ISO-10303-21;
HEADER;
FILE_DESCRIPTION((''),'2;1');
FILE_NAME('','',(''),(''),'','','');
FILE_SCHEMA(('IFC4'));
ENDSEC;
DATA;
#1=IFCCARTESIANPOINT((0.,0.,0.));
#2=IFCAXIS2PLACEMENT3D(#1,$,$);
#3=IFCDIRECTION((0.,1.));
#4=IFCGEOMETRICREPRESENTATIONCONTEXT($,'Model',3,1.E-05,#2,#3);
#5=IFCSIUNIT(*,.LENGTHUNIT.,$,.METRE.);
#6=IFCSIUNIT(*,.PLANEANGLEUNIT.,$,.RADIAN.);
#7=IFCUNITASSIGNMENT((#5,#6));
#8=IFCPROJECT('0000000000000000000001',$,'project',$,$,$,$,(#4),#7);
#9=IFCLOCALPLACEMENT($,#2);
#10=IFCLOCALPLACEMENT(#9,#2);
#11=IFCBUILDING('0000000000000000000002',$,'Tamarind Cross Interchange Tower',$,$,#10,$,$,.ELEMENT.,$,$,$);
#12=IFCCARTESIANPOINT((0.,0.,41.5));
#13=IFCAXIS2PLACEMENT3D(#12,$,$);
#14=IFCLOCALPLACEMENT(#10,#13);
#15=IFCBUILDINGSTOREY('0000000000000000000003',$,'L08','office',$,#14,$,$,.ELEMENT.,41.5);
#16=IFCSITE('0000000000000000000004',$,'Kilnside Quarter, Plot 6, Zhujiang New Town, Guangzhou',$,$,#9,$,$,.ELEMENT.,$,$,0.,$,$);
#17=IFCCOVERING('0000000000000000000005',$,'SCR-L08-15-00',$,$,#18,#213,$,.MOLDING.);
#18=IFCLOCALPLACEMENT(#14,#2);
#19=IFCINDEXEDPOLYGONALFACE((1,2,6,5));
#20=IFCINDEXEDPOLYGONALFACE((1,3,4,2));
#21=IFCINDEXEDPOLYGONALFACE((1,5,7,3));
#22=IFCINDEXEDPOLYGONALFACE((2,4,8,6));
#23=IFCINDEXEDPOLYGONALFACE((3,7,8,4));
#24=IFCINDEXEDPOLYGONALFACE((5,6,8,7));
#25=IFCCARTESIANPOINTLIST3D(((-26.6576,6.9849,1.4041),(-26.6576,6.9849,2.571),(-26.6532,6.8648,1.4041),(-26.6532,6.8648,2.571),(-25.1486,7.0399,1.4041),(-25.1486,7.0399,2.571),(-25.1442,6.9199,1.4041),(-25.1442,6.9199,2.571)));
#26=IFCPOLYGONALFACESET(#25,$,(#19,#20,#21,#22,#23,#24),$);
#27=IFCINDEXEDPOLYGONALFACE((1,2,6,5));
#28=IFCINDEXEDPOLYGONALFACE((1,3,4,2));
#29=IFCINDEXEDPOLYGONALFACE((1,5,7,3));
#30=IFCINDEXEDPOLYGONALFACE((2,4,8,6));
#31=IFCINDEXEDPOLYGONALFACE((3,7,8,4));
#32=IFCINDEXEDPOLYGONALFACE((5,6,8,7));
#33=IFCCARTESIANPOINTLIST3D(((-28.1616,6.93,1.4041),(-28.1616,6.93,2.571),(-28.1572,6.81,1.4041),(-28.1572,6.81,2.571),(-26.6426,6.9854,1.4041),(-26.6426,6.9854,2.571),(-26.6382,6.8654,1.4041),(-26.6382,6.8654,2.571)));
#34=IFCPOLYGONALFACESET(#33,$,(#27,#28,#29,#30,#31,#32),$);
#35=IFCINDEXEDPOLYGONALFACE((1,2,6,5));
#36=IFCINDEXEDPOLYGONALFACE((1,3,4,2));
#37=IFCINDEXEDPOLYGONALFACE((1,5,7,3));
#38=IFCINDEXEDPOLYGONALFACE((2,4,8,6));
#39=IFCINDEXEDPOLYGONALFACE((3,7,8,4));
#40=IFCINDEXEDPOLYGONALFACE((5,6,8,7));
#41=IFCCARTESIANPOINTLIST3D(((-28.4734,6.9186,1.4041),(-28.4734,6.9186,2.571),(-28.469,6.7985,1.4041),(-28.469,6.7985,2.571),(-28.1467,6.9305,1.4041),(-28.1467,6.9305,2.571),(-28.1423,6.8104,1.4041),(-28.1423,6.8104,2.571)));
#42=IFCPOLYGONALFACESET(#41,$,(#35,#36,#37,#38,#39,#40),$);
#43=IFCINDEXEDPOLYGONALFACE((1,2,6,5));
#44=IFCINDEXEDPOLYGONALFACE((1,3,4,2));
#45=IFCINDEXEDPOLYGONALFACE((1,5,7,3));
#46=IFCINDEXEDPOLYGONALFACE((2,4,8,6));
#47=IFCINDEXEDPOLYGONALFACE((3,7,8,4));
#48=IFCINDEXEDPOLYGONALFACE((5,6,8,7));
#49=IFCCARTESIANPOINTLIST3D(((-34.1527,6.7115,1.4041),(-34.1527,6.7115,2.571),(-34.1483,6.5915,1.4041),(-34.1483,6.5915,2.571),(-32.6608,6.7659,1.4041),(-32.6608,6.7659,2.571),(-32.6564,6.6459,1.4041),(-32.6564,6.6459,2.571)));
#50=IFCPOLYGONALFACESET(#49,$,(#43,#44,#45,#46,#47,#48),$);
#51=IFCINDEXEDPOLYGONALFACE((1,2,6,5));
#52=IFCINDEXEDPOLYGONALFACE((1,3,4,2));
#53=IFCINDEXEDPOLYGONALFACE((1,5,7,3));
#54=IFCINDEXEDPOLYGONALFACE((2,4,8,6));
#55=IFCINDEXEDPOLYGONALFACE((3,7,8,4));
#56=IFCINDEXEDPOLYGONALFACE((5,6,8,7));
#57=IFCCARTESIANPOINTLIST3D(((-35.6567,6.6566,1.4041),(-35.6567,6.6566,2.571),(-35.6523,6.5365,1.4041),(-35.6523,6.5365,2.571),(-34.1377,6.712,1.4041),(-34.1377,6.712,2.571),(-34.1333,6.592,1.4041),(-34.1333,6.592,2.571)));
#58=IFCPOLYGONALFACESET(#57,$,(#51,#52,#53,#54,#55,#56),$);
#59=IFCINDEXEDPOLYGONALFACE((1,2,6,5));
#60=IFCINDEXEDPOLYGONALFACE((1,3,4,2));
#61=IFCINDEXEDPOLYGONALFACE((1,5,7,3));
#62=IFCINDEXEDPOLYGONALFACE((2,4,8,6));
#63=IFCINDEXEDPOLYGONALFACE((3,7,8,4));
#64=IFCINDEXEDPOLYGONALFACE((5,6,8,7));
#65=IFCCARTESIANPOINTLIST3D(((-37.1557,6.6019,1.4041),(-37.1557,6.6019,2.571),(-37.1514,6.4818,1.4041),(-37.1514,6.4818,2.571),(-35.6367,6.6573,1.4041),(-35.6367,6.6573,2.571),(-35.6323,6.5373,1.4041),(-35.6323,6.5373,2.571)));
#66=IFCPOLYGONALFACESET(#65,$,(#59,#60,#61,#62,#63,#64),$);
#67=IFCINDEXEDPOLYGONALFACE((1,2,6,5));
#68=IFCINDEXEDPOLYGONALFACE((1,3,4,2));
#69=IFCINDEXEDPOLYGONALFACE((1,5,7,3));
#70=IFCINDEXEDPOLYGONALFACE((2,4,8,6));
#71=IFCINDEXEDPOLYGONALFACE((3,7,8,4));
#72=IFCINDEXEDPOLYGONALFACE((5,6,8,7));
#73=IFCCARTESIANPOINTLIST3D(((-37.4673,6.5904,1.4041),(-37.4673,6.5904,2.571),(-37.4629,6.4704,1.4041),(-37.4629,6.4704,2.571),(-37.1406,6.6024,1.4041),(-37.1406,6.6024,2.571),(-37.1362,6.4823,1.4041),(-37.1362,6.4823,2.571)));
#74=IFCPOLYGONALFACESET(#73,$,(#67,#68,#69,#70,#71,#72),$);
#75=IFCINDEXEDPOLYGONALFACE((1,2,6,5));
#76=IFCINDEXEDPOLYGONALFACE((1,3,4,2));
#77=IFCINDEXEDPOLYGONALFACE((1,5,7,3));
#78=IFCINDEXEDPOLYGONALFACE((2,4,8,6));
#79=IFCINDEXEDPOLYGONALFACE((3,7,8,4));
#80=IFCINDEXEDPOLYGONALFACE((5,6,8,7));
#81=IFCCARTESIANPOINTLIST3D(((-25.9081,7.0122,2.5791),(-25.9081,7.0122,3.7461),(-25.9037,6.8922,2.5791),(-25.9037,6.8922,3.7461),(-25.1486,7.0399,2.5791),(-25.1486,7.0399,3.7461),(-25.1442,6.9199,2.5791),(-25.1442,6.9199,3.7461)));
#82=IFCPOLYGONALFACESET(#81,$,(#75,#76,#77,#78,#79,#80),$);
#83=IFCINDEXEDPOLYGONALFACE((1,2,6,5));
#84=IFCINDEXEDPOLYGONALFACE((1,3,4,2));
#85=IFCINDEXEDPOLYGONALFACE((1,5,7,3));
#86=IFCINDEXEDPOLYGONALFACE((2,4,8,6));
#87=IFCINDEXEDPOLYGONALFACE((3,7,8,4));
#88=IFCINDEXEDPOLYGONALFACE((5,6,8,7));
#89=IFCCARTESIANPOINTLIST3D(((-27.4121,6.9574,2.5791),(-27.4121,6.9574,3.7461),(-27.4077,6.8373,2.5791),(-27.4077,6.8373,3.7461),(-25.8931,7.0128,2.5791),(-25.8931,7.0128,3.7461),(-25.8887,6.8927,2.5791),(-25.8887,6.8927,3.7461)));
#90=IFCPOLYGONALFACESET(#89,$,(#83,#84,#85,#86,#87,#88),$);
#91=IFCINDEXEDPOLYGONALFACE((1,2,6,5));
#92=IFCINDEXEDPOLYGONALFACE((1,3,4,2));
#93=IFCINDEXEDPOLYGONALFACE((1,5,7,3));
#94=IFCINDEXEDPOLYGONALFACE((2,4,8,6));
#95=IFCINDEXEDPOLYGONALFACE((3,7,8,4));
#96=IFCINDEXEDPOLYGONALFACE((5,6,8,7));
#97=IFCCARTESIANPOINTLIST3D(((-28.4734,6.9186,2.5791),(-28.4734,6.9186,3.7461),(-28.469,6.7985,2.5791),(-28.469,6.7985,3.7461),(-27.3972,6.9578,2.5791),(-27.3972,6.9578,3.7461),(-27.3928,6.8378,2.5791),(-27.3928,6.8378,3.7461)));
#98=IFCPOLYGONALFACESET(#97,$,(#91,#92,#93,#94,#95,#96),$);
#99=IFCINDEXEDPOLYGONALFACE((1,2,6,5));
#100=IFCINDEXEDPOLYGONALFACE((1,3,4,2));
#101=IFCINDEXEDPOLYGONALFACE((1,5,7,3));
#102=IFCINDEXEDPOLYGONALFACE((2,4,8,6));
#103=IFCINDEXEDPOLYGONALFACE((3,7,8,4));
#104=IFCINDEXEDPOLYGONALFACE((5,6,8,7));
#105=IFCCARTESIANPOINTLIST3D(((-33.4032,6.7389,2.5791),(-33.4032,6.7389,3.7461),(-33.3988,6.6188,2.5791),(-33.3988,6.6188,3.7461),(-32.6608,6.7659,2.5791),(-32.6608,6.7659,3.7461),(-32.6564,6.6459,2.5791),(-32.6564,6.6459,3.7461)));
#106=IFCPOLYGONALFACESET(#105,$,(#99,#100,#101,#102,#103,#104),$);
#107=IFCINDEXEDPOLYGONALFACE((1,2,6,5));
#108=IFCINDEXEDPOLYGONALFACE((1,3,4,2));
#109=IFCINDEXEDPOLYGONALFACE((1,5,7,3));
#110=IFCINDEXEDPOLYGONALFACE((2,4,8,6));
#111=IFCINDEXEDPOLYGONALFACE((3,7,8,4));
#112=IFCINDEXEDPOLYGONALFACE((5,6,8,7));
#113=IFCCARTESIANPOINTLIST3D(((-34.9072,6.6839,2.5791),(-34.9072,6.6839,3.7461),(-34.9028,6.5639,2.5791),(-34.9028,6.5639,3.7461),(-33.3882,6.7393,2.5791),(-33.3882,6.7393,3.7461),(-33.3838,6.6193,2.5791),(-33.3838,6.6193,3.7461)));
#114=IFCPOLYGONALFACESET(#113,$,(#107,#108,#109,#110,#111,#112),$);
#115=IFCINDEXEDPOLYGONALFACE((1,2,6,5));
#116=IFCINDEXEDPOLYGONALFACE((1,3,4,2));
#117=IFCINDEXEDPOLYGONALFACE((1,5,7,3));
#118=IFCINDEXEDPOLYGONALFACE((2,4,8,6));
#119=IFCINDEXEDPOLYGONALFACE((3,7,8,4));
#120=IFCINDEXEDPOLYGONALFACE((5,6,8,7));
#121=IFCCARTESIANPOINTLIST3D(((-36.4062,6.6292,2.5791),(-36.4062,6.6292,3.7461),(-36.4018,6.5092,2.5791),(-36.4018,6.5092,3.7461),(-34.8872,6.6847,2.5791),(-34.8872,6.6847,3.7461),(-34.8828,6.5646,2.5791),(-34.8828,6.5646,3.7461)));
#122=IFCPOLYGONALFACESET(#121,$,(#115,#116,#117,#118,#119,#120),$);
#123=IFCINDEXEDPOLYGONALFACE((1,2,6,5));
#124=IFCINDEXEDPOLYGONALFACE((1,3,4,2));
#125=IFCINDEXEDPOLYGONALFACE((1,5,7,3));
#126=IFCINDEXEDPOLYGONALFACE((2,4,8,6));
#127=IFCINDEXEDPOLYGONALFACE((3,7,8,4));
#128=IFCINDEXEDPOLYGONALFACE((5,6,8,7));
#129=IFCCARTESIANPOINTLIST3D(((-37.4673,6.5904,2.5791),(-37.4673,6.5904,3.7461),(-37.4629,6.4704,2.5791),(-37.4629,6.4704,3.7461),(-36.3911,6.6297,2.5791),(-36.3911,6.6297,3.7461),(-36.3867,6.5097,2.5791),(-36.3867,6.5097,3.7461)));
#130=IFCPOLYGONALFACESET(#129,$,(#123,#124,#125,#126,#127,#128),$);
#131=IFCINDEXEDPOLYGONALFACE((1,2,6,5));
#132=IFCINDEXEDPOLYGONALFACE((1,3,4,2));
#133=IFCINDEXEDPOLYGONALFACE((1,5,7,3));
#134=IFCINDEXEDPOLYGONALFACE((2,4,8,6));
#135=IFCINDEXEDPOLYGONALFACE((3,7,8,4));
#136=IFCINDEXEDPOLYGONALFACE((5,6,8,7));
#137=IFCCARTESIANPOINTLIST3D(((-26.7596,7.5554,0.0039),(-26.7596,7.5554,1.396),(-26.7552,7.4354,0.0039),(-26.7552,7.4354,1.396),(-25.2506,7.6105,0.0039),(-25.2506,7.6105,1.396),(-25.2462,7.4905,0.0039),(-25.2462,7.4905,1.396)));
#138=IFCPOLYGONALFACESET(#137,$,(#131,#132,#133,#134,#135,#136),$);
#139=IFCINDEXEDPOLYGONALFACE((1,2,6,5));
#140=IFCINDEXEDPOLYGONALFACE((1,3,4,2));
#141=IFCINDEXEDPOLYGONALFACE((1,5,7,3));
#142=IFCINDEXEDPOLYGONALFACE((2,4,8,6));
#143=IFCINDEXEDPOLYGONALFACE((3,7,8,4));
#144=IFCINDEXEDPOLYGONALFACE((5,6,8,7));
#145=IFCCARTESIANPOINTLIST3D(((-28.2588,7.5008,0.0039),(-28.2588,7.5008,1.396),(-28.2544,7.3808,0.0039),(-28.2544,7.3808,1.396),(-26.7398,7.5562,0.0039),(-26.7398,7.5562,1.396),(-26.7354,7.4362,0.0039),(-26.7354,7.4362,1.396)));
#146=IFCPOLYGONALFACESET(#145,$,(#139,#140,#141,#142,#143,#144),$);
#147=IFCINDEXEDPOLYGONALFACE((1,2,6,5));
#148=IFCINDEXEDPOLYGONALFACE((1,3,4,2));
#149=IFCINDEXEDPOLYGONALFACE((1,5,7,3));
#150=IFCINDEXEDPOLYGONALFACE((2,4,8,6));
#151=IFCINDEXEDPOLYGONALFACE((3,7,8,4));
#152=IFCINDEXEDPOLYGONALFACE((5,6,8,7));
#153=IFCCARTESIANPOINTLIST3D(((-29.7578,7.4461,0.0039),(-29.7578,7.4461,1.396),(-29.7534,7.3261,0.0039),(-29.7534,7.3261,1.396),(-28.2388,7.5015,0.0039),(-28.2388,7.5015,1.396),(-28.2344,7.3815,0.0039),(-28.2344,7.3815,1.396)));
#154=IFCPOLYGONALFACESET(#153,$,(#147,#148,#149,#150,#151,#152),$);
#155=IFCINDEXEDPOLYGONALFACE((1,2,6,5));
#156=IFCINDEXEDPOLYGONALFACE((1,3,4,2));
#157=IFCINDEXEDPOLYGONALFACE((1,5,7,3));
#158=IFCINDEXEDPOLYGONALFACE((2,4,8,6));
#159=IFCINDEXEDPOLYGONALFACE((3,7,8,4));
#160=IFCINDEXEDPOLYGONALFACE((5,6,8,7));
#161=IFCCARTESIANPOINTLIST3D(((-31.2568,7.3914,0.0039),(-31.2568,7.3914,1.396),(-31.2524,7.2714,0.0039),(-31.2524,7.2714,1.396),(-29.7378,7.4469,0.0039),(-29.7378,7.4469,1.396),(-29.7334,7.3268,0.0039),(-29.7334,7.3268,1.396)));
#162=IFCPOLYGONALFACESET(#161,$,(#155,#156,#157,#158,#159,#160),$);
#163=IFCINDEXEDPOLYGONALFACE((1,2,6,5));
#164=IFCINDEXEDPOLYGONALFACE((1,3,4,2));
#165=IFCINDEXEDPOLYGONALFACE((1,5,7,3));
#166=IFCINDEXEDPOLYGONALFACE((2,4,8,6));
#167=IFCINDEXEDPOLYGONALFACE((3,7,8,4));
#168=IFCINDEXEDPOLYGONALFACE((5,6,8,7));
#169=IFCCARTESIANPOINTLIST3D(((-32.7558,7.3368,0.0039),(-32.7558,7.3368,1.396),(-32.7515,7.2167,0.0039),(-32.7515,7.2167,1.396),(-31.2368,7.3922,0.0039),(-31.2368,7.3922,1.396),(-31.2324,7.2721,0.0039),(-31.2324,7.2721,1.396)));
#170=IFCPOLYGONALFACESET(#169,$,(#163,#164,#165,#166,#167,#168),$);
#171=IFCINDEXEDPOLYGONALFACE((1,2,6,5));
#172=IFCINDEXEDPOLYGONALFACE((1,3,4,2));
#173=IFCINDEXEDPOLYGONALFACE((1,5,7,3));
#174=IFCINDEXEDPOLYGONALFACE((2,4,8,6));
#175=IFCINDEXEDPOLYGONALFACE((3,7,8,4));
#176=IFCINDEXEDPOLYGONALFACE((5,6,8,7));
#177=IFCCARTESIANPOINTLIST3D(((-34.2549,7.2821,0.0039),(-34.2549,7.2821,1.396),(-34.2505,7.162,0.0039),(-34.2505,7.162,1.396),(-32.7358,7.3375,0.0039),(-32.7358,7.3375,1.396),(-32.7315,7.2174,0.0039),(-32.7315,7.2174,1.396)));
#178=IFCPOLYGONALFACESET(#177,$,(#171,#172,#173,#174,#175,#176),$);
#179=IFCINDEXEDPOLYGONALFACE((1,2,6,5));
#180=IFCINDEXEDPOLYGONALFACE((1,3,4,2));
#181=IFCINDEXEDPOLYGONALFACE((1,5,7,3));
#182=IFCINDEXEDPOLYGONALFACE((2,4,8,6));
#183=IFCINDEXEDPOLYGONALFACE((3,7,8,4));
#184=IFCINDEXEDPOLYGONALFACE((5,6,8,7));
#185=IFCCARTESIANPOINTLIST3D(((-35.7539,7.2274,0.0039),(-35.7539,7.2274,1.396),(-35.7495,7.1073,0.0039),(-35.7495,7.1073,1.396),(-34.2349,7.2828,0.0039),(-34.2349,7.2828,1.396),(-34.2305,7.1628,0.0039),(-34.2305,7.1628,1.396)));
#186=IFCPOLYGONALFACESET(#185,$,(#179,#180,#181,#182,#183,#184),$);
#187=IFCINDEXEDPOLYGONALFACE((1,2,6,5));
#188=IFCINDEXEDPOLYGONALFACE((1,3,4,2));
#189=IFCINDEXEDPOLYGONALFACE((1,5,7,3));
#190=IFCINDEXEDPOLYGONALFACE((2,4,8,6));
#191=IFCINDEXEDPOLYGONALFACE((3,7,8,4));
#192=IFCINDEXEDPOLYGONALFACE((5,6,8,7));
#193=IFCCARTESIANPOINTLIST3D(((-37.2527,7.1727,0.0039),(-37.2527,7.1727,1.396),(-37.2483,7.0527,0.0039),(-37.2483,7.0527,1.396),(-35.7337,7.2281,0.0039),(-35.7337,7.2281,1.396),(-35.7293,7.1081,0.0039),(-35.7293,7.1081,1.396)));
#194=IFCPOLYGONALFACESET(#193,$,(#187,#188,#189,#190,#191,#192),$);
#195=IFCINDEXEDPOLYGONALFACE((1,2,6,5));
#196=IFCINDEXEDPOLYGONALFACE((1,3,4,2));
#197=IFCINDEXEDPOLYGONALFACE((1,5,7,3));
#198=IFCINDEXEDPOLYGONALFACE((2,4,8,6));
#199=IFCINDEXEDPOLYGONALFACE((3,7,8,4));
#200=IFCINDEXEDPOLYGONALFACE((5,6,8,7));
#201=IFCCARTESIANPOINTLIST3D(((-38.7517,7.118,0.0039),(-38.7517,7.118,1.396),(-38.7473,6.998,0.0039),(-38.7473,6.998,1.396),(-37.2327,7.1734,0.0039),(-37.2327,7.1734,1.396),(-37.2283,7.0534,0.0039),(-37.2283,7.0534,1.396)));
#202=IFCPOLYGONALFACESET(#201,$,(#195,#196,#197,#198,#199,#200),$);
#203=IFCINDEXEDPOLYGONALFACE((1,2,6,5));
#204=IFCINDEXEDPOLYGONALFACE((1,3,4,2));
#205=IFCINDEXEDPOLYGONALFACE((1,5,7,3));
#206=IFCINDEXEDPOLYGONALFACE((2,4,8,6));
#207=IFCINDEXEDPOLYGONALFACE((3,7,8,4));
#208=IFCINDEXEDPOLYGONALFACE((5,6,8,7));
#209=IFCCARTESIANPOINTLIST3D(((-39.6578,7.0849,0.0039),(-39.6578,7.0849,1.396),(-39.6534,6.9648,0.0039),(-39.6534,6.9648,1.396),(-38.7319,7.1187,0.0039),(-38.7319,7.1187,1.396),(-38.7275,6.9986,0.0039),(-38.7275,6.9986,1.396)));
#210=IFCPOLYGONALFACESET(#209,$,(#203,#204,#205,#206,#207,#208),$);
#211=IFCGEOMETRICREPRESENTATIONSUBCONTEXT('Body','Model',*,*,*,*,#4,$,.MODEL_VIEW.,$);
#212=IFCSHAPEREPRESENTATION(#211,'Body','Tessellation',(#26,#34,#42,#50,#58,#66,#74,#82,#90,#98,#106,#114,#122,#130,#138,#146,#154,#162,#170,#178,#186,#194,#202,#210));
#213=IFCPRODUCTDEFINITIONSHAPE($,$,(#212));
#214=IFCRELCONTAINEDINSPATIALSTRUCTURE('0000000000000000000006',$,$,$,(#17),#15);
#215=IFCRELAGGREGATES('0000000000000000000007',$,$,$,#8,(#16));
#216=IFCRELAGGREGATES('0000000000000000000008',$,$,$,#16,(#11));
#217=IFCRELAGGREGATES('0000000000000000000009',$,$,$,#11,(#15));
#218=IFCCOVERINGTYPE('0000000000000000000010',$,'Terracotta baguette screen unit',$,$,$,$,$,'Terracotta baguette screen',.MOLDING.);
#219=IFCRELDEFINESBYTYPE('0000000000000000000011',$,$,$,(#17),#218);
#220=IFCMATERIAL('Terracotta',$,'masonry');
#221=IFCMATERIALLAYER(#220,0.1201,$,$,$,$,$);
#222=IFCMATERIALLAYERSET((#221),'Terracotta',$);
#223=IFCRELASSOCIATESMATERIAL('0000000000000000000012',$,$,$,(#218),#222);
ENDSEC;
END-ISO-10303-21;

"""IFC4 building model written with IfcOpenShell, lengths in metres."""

from ifc_helpers import new_model, si_unit, direction, frame, origin, origin_2d, place, context, subcontext, project, spatial, rectangle, extrude, material, layer, layer_set, type_object, element, save


model = new_model("IFC4")

# Units and contexts
model_context = context("Model", 3, precision=1e-05, world=origin(), true_north=direction((0.0, 1.0)))
body_context = subcontext(model_context, "Body", "Model", "MODEL_VIEW")
ifc_project = project(units=[si_unit("LENGTHUNIT", "METRE"), si_unit("PLANEANGLEUNIT", "RADIAN")], contexts=[model_context])

# Site, building, storey
site_placement = place(None, origin())
site = spatial("IfcSite", under=ifc_project, at=site_placement, Name="Kilnside Quarter, Plot 6, Zhujiang New Town, Guangzhou", CompositionType="ELEMENT", RefElevation=0.0)
building_placement = place(site_placement, origin())
building = spatial("IfcBuilding", under=site, at=building_placement, Name="Tamarind Cross Interchange Tower", CompositionType="ELEMENT")
storey_placement = place(building_placement, frame((0.0, 0.0, 41.5)))
storey = spatial("IfcBuildingStorey", under=building, at=storey_placement, Name="L08", Description="office", CompositionType="ELEMENT", Elevation=41.5)

# Covering
ifc_material_1 = material(Name="Terracotta", Category="masonry")
ifc_layer_1 = layer(ifc_material_1, 0.1201)
ifc_layer_set_1 = layer_set([ifc_layer_1], Name="Terracotta")
covering_type = type_object("IfcCoveringType", Name="Terracotta baguette screen unit", ElementType="Terracotta baguette screen", PredefinedType="MOLDING", material=ifc_layer_set_1)
covering_1_placement = place(storey_placement, origin())
element("IfcCovering", 1, at=covering_1_placement, inside=storey, type_object=covering_type, Name="SCR-L08-15-00", PredefinedType="MOLDING", context=body_context, shape_type="SweptSolid", body=[
    extrude(rectangle(XDim=1.51, YDim=0.1201, at=origin_2d()), frame((-25.9009, 6.9524, 1.4041), z_axis=(0.0, 0.0, 1.0), x_axis=(-0.999335, -0.036462, 0.0)), (0.0, 0.0, 1.0), 1.167),
    extrude(rectangle(XDim=1.52, YDim=0.1201, at=origin_2d()), frame((-27.3999, 6.8977, 1.4041), z_axis=(0.0, 0.0, 1.0), x_axis=(-0.999335, -0.036462, 0.0)), (0.0, 0.0, 1.0), 1.167),
    extrude(rectangle(XDim=0.3269, YDim=0.1201, at=origin_2d()), frame((-28.3079, 6.8645, 1.4041), z_axis=(0.0, 0.0, 1.0), x_axis=(-0.999335, -0.036462, 0.0)), (0.0, 0.0, 1.0), 1.167),
    extrude(rectangle(XDim=1.4929, YDim=0.1201, at=origin_2d()), frame((-33.4045, 6.6787, 1.4041), z_axis=(0.0, 0.0, 1.0), x_axis=(-0.999335, -0.036462, 0.0)), (0.0, 0.0, 1.0), 1.167),
    extrude(rectangle(XDim=1.52, YDim=0.1201, at=origin_2d()), frame((-34.895, 6.6243, 1.4041), z_axis=(0.0, 0.0, 1.0), x_axis=(-0.999335, -0.036462, 0.0)), (0.0, 0.0, 1.0), 1.167),
    extrude(rectangle(XDim=1.52, YDim=0.1201, at=origin_2d()), frame((-36.394, 6.5696, 1.4041), z_axis=(0.0, 0.0, 1.0), x_axis=(-0.999335, -0.036462, 0.0)), (0.0, 0.0, 1.0), 1.167),
    extrude(rectangle(XDim=0.3269, YDim=0.1201, at=origin_2d()), frame((-37.3018, 6.5364, 1.4041), z_axis=(0.0, 0.0, 1.0), x_axis=(-0.999335, -0.036462, 0.0)), (0.0, 0.0, 1.0), 1.167),
    extrude(rectangle(XDim=0.76, YDim=0.1201, at=origin_2d()), frame((-25.5261, 6.9661, 2.5791), z_axis=(0.0, 0.0, 1.0), x_axis=(-0.999335, -0.036462, 0.0)), (0.0, 0.0, 1.0), 1.167),
    extrude(rectangle(XDim=1.52, YDim=0.1201, at=origin_2d()), frame((-26.6504, 6.925, 2.5791), z_axis=(0.0, 0.0, 1.0), x_axis=(-0.999335, -0.036462, 0.0)), (0.0, 0.0, 1.0), 1.167),
    extrude(rectangle(XDim=1.0769, YDim=0.1201, at=origin_2d()), frame((-27.9331, 6.8782, 2.5791), z_axis=(0.0, 0.0, 1.0), x_axis=(-0.999335, -0.036462, 0.0)), (0.0, 0.0, 1.0), 1.167),
    extrude(rectangle(XDim=0.7429, YDim=0.1201, at=origin_2d()), frame((-33.0298, 6.6924, 2.5791), z_axis=(0.0, 0.0, 1.0), x_axis=(-0.999335, -0.036462, 0.0)), (0.0, 0.0, 1.0), 1.167),
    extrude(rectangle(XDim=1.52, YDim=0.1201, at=origin_2d()), frame((-34.1455, 6.6516, 2.5791), z_axis=(0.0, 0.0, 1.0), x_axis=(-0.999335, -0.036462, 0.0)), (0.0, 0.0, 1.0), 1.167),
    extrude(rectangle(XDim=1.52, YDim=0.1201, at=origin_2d()), frame((-35.6445, 6.5969, 2.5791), z_axis=(0.0, 0.0, 1.0), x_axis=(-0.999335, -0.036462, 0.0)), (0.0, 0.0, 1.0), 1.167),
    extrude(rectangle(XDim=1.0769, YDim=0.1201, at=origin_2d()), frame((-36.927, 6.55, 2.5791), z_axis=(0.0, 0.0, 1.0), x_axis=(-0.999335, -0.036462, 0.0)), (0.0, 0.0, 1.0), 1.167),
    extrude(rectangle(XDim=1.51, YDim=0.1201, at=origin_2d()), frame((-26.0029, 7.5229, 0.0039), z_axis=(0.0, 0.0, 1.0), x_axis=(-0.999335, -0.036462, 0.0)), (0.0, 0.0, 1.0), 1.3921),
    extrude(rectangle(XDim=1.52, YDim=0.1201, at=origin_2d()), frame((-27.4971, 7.4685, 0.0039), z_axis=(0.0, 0.0, 1.0), x_axis=(-0.999335, -0.036462, 0.0)), (0.0, 0.0, 1.0), 1.3921),
    extrude(rectangle(XDim=1.52, YDim=0.1201, at=origin_2d()), frame((-28.9961, 7.4138, 0.0039), z_axis=(0.0, 0.0, 1.0), x_axis=(-0.999335, -0.036462, 0.0)), (0.0, 0.0, 1.0), 1.3921),
    extrude(rectangle(XDim=1.52, YDim=0.1201, at=origin_2d()), frame((-30.4951, 7.3591, 0.0039), z_axis=(0.0, 0.0, 1.0), x_axis=(-0.999335, -0.036462, 0.0)), (0.0, 0.0, 1.0), 1.3921),
    extrude(rectangle(XDim=1.52, YDim=0.1201, at=origin_2d()), frame((-31.9941, 7.3044, 0.0039), z_axis=(0.0, 0.0, 1.0), x_axis=(-0.999335, -0.036462, 0.0)), (0.0, 0.0, 1.0), 1.3921),
    extrude(rectangle(XDim=1.52, YDim=0.1201, at=origin_2d()), frame((-33.4932, 7.2498, 0.0039), z_axis=(0.0, 0.0, 1.0), x_axis=(-0.999335, -0.036462, 0.0)), (0.0, 0.0, 1.0), 1.3921),
    extrude(rectangle(XDim=1.52, YDim=0.1201, at=origin_2d()), frame((-34.9922, 7.1951, 0.0039), z_axis=(0.0, 0.0, 1.0), x_axis=(-0.999335, -0.036462, 0.0)), (0.0, 0.0, 1.0), 1.3921),
    extrude(rectangle(XDim=1.52, YDim=0.1201, at=origin_2d()), frame((-36.491, 7.1404, 0.0039), z_axis=(0.0, 0.0, 1.0), x_axis=(-0.999335, -0.036462, 0.0)), (0.0, 0.0, 1.0), 1.3921),
    extrude(rectangle(XDim=1.52, YDim=0.1201, at=origin_2d()), frame((-37.99, 7.0857, 0.0039), z_axis=(0.0, 0.0, 1.0), x_axis=(-0.999335, -0.036462, 0.0)), (0.0, 0.0, 1.0), 1.3921),
    extrude(rectangle(XDim=0.9265, YDim=0.1201, at=origin_2d()), frame((-39.1926, 7.0417, 0.0039), z_axis=(0.0, 0.0, 1.0), x_axis=(-0.999335, -0.036462, 0.0)), (0.0, 0.0, 1.0), 1.3921),
])

save(model, "model.ifc")
